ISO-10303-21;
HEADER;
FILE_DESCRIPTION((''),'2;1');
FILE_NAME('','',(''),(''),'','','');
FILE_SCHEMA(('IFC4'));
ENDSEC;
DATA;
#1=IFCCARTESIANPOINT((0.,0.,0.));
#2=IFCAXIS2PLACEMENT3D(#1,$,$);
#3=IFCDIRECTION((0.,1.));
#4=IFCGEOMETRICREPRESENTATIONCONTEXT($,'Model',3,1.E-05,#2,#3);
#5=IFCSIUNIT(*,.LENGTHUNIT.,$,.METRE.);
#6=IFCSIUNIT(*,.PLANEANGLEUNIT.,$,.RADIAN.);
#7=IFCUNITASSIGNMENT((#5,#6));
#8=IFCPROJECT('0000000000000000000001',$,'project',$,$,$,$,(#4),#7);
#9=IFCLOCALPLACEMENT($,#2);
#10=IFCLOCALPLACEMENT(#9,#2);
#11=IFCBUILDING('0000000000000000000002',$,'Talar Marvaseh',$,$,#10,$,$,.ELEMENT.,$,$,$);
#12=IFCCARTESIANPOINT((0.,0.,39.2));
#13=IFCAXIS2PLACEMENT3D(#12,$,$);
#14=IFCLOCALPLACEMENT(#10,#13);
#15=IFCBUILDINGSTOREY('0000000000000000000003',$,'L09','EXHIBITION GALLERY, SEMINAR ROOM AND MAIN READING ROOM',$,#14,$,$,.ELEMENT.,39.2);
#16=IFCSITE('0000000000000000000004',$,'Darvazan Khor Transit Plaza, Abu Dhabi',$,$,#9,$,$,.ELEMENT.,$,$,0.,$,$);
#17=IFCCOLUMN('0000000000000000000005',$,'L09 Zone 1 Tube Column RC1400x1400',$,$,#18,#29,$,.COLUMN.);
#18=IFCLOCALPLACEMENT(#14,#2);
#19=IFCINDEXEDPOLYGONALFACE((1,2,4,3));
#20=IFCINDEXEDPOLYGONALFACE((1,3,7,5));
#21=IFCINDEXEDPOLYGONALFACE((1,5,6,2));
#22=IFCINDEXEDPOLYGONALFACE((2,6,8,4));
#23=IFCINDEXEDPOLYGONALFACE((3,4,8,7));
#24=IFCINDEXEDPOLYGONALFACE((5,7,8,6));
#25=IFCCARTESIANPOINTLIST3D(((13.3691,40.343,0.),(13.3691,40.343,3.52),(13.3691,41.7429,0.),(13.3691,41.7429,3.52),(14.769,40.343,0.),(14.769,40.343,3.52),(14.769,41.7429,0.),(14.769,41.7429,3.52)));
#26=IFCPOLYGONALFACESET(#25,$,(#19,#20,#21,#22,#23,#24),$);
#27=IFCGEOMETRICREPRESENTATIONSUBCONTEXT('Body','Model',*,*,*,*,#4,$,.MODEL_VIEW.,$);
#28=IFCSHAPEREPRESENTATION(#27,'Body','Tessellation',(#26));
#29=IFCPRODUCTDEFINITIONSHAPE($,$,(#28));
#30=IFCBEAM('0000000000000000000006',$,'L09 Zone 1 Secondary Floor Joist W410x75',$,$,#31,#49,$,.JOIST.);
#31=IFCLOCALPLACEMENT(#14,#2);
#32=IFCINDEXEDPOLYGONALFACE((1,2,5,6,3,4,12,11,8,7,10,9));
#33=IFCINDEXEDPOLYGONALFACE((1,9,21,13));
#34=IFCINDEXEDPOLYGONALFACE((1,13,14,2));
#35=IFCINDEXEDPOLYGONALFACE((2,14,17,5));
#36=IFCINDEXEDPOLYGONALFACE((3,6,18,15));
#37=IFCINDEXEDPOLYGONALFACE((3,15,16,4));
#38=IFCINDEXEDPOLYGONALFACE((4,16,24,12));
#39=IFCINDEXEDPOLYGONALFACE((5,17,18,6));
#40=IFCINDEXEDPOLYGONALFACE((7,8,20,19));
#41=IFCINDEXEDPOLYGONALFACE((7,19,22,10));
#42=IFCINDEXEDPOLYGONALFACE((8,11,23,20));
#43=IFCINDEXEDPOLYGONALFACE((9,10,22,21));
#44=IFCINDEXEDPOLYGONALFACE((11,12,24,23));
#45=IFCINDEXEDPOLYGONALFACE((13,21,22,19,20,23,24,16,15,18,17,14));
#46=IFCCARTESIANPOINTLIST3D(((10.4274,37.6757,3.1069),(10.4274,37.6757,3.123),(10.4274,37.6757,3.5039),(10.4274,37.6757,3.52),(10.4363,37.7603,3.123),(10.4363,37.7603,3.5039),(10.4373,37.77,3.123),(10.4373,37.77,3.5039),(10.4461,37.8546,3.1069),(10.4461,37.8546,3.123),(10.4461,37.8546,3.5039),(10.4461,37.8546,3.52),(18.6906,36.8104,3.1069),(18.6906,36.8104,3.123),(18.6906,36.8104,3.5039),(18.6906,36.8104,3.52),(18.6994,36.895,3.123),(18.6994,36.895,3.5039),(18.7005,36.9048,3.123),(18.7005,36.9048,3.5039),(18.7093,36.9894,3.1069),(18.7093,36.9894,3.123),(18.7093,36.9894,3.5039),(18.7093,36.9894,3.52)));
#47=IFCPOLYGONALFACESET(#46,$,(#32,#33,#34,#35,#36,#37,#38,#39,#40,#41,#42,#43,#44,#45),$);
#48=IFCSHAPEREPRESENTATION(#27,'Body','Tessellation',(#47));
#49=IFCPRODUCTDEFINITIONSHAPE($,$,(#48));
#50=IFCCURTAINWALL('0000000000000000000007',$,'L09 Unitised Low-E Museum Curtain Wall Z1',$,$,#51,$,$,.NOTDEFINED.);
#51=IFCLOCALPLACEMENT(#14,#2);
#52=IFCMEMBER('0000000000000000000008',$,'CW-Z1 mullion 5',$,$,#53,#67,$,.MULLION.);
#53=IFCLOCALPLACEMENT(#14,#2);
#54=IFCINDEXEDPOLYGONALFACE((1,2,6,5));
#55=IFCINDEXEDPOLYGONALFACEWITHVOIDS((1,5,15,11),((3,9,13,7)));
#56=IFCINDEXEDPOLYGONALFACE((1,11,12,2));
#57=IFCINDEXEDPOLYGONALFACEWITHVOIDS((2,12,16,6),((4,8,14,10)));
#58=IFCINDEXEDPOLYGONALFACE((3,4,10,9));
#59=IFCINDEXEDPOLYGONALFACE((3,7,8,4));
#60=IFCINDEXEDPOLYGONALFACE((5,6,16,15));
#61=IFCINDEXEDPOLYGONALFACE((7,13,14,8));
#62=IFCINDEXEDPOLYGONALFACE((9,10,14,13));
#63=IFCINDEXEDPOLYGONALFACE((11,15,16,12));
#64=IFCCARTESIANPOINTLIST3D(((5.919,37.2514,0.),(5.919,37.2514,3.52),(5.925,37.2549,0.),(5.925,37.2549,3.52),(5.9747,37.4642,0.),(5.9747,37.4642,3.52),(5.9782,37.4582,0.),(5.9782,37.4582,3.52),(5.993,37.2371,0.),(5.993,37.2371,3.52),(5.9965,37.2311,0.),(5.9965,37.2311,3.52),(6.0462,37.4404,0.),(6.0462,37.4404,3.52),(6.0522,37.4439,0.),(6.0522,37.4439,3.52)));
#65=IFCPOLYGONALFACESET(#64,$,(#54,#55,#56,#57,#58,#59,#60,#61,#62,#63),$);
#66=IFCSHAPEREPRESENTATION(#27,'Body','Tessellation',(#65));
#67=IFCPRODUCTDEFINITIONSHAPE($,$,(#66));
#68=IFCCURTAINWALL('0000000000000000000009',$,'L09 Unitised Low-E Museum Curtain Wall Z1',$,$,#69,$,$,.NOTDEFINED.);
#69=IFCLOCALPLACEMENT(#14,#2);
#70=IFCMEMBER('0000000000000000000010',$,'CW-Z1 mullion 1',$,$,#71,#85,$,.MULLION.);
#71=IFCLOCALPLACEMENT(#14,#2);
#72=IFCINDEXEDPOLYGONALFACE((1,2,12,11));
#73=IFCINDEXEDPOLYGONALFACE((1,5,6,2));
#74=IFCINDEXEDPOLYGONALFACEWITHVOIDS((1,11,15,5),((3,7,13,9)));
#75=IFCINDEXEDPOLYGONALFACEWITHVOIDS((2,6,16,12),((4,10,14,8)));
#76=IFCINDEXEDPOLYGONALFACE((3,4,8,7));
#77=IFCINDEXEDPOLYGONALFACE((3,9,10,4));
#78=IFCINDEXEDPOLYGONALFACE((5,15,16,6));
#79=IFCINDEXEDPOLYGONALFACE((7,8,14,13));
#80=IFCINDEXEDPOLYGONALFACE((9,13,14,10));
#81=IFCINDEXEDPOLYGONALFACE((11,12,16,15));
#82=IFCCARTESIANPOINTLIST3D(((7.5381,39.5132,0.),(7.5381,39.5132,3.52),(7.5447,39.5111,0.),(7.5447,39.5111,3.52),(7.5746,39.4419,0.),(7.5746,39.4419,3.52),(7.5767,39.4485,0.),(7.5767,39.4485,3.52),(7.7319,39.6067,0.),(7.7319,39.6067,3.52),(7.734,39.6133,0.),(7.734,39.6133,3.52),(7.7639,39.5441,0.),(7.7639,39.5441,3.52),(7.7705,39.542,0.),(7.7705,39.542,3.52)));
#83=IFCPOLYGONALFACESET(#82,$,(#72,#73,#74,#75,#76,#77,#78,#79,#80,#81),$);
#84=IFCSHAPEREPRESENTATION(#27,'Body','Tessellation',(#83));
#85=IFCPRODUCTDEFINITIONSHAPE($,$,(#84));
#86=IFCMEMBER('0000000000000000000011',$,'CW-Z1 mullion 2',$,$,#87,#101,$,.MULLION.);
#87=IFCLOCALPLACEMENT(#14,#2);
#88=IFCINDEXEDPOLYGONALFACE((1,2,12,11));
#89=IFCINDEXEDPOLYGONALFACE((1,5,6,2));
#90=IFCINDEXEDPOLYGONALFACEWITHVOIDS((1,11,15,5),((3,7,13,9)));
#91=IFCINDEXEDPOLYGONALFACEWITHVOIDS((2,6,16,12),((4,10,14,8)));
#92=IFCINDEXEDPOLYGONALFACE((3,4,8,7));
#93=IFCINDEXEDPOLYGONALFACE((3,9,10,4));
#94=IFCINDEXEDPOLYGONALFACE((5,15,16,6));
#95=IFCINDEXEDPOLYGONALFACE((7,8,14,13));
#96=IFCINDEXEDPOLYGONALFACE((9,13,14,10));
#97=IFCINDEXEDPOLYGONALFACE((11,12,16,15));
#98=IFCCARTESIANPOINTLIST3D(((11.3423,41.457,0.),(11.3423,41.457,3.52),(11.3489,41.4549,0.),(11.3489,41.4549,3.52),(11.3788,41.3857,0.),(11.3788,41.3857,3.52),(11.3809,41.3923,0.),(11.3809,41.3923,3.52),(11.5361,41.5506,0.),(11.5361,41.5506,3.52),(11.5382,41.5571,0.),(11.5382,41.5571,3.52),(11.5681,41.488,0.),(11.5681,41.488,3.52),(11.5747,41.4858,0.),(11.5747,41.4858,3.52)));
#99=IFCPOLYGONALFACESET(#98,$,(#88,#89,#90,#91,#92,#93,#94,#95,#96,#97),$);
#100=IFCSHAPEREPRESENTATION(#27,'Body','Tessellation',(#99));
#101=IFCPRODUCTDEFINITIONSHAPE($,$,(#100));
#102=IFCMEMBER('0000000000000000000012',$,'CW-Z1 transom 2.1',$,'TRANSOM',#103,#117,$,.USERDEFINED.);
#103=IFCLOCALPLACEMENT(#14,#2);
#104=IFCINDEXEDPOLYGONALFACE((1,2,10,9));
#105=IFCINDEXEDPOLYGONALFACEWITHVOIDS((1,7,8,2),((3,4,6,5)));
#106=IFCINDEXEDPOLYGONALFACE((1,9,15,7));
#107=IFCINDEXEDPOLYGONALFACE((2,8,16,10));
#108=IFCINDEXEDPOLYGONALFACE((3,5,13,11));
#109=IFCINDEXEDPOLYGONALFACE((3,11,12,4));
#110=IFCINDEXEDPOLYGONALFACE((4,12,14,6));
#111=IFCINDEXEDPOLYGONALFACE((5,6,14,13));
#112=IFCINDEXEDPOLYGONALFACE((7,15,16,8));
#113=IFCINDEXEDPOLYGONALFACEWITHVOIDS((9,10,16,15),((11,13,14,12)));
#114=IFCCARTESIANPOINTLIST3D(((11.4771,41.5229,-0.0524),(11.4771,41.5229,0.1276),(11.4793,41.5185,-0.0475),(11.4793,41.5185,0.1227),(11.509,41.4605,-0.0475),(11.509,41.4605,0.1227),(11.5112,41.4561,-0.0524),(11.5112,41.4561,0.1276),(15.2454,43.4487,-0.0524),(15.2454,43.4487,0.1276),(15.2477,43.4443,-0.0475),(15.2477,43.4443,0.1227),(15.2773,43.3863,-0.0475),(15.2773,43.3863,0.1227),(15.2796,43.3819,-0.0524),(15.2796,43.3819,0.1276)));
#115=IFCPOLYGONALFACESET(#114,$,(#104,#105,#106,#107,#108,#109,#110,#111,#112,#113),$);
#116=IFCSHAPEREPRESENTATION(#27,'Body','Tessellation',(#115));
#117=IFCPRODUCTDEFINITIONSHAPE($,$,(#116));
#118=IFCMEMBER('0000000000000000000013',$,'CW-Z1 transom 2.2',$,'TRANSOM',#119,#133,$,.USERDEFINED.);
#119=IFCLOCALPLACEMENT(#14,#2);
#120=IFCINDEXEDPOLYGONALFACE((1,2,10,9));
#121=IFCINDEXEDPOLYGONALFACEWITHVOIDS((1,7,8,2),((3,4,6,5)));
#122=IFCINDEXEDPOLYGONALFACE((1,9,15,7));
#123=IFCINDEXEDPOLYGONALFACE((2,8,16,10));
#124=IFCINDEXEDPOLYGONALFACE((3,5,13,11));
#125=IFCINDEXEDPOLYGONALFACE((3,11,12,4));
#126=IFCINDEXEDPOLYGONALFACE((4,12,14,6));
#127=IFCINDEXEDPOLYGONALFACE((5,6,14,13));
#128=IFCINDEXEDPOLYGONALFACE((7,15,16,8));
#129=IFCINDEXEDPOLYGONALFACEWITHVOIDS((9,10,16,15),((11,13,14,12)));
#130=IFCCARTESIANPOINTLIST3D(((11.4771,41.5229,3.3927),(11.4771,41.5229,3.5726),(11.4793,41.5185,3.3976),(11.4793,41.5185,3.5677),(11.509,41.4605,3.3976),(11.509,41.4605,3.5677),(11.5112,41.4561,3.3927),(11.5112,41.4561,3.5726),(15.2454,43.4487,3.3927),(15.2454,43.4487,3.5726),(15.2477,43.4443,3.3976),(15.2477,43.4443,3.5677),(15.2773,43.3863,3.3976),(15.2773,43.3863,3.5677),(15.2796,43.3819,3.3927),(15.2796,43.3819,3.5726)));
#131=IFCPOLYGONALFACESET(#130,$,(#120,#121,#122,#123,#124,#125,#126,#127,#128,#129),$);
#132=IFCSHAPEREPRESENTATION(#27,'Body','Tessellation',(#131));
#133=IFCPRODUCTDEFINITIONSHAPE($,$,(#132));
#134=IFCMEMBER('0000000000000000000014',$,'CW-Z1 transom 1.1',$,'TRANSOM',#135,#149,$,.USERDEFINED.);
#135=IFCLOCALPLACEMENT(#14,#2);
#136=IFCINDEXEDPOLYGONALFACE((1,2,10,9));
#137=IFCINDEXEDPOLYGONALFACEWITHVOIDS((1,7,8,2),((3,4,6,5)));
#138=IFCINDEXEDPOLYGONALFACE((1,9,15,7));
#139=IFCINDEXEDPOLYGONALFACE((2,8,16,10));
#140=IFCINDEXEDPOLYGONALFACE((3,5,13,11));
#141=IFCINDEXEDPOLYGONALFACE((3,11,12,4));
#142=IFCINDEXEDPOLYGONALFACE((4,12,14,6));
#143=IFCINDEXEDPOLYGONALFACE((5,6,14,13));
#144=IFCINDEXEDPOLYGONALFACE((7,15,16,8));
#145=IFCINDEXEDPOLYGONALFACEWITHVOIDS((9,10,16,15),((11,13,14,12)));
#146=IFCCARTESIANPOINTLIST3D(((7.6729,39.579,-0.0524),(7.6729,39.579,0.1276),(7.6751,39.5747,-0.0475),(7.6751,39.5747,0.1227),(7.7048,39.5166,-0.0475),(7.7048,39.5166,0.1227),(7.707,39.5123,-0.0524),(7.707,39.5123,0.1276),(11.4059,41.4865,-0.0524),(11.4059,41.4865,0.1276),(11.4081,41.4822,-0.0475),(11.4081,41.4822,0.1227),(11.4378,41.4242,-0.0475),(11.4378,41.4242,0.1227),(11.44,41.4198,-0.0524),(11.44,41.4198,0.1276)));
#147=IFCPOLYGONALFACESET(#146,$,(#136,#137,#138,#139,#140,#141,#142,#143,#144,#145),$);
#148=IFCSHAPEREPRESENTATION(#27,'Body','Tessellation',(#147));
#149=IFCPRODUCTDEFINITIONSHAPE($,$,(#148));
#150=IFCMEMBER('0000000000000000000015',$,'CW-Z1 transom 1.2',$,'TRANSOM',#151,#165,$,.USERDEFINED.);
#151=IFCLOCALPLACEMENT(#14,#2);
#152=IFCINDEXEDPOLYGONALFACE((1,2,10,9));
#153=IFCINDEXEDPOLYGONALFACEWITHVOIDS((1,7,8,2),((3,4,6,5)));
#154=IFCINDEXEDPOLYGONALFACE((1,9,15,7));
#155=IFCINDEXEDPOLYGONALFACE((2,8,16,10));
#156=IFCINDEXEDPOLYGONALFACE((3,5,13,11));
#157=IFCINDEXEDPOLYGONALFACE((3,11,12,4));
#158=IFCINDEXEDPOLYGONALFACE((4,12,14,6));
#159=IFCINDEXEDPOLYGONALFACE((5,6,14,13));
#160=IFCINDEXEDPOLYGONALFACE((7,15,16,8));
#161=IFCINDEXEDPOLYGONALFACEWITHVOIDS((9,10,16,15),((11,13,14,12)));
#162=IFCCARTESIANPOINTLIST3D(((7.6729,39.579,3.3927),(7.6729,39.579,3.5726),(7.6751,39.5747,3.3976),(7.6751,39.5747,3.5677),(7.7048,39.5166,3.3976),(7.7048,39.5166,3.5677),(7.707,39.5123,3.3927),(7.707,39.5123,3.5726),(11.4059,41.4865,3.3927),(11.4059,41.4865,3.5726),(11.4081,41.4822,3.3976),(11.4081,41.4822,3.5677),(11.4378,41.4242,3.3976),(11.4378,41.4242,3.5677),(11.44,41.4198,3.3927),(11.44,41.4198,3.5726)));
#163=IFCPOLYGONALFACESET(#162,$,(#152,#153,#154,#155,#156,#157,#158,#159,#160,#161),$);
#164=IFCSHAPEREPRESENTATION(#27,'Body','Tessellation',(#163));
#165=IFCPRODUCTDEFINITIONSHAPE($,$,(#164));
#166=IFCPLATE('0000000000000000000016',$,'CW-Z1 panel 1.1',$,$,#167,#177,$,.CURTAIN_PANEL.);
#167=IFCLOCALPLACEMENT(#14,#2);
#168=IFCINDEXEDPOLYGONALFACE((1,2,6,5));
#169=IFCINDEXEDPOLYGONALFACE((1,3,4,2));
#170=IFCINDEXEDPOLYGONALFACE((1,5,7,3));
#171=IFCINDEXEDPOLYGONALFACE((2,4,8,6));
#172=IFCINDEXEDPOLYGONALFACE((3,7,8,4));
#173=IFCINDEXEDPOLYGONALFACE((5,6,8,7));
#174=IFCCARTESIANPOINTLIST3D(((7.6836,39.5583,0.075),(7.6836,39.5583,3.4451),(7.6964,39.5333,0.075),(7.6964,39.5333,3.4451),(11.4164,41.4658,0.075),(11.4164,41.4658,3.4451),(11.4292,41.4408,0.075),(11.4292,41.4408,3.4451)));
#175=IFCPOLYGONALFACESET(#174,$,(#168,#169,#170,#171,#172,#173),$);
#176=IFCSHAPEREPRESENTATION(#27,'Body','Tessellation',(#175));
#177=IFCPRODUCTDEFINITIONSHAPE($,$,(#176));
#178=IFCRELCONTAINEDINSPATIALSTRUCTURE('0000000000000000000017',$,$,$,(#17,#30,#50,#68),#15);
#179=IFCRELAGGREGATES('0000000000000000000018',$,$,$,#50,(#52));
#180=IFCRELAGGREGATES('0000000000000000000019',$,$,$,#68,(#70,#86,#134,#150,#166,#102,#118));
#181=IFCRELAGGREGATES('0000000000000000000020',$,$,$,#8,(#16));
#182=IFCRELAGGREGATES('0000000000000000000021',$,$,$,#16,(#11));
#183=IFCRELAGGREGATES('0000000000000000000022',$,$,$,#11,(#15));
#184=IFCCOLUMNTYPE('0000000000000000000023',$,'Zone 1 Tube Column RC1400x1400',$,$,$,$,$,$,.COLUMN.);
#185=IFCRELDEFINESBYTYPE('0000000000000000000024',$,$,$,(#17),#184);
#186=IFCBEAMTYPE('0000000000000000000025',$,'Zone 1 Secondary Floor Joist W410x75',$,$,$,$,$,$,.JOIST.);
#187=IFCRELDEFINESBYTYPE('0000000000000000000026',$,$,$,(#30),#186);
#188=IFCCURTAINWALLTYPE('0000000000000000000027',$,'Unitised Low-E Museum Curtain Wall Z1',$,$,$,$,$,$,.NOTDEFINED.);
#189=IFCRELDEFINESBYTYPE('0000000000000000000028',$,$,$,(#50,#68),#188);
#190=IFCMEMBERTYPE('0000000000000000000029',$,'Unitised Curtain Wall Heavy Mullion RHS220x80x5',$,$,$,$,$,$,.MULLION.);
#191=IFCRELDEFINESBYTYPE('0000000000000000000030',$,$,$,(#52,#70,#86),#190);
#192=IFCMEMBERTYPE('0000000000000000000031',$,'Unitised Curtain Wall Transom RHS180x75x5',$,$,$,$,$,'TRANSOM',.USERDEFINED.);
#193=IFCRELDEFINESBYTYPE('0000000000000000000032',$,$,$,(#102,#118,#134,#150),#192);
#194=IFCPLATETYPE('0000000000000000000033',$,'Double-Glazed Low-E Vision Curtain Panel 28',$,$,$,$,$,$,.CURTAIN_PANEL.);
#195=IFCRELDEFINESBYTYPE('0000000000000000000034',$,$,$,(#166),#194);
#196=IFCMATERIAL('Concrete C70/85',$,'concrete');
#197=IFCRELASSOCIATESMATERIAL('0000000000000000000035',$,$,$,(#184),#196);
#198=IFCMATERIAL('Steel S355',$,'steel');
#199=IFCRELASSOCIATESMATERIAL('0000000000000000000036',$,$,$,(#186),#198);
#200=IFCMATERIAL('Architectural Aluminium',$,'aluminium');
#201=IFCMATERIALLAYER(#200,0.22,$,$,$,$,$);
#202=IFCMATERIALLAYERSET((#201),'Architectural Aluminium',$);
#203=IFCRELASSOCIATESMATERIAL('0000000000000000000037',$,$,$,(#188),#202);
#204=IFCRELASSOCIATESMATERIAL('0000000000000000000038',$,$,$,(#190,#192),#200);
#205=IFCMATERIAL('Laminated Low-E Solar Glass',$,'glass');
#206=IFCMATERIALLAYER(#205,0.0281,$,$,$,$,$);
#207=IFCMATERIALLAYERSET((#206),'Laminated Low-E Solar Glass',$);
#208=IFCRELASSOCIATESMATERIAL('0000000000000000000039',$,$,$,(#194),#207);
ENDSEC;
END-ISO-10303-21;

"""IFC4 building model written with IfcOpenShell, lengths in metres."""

from ifc_helpers import new_model, si_unit, direction, frame, origin, origin_2d, place, context, subcontext, project, spatial, rectangle, hollow_rectangle, i_section, extrude, source, transform, mapped, material, layer, layer_set, material_profile, profile_set, type_object, type_shapes, element, aggregate, save


model = new_model("IFC4")

# Units and contexts
model_context = context("Model", 3, precision=1e-05, world=origin(), true_north=direction((0.0, 1.0)))
body_context = subcontext(model_context, "Body", "Model", "MODEL_VIEW")
ifc_project = project(units=[si_unit("LENGTHUNIT", "METRE"), si_unit("PLANEANGLEUNIT", "RADIAN")], contexts=[model_context])

# Site, building, storey
site_placement = place(None, origin())
site = spatial("IfcSite", under=ifc_project, at=site_placement, Name="Darvazan Khor Transit Plaza, Abu Dhabi", CompositionType="ELEMENT", RefElevation=0.0)
building_placement = place(site_placement, origin())
building = spatial("IfcBuilding", under=site, at=building_placement, Name="Talar Marvaseh", CompositionType="ELEMENT")
storey_placement = place(building_placement, frame((0.0, 0.0, 39.2)))
storey = spatial("IfcBuildingStorey", under=building, at=storey_placement, Name="L09", Description="EXHIBITION GALLERY, SEMINAR ROOM AND MAIN READING ROOM", CompositionType="ELEMENT", Elevation=39.2)

# Column
ifc_material_1 = material(Name="Concrete C70/85", Category="concrete")
ifc_material_profile_1 = material_profile(ifc_material_1, rectangle(XDim=1.3999, YDim=1.3999, at=origin_2d()), Name="RC1400x1400")
ifc_profile_set_1 = profile_set([ifc_material_profile_1], Name="Concrete C70/85")
column_type = type_object("IfcColumnType", Name="Zone 1 Tube Column RC1400x1400", PredefinedType="COLUMN", material=ifc_profile_set_1)
column_placement = place(storey_placement, frame((14.0691, 41.043, 0.0), z_axis=(0.0, 0.0, 1.0), x_axis=(1.0, 0.0, 0.0)))
element("IfcColumn", 1, at=column_placement, inside=storey, type_object=column_type, Name="L09 Zone 1 Tube Column RC1400x1400", PredefinedType="COLUMN", context=body_context, shape_type="SweptSolid", body=[
    extrude(rectangle(XDim=1.3999, YDim=1.3999, at=origin_2d()), origin(), (0.0, 0.0, 1.0), 3.52),
])

# Beam
ifc_material_2 = material(Name="Steel S355", Category="steel")
ifc_material_profile_2 = material_profile(ifc_material_2, i_section(OverallWidth=0.1799, OverallDepth=0.4131, WebThickness=0.0098, FlangeThickness=0.0161, at=origin_2d()), Name="W410x75")
ifc_profile_set_2 = profile_set([ifc_material_profile_2], Name="Steel S355")
beam_type = type_object("IfcBeamType", Name="Zone 1 Secondary Floor Joist W410x75", PredefinedType="JOIST", material=ifc_profile_set_2)
beam_placement = place(storey_placement, frame((10.4368, 37.7651, 3.3135), z_axis=(0.994563, -0.10414, 0.0), x_axis=(0.10414, 0.994563, 0.0)))
element("IfcBeam", 2, at=beam_placement, inside=storey, type_object=beam_type, Name="L09 Zone 1 Secondary Floor Joist W410x75", PredefinedType="JOIST", context=body_context, shape_type="SweptSolid", body=[
    extrude(i_section(OverallWidth=0.1799, OverallDepth=0.4131, WebThickness=0.0098, FlangeThickness=0.0161, at=origin_2d()), origin(), (0.0, 0.0, 1.0), 8.3083),
])

# Curtain wall, member
ifc_material_3 = material(Name="Architectural Aluminium", Category="aluminium")
ifc_layer_1 = layer(ifc_material_3, 0.22)
ifc_layer_set_1 = layer_set([ifc_layer_1], Name="Architectural Aluminium")
curtain_wall_type = type_object("IfcCurtainWallType", Name="Unitised Low-E Museum Curtain Wall Z1", PredefinedType="NOTDEFINED", material=ifc_layer_set_1)
curtain_wall_1_placement = place(storey_placement, origin())
curtain_wall_1 = element("IfcCurtainWall", 3, at=curtain_wall_1_placement, inside=storey, type_object=curtain_wall_type, Name="L09 Unitised Low-E Museum Curtain Wall Z1", PredefinedType="NOTDEFINED")
ifc_material_profile_3 = material_profile(ifc_material_3, hollow_rectangle(XDim=0.0801, YDim=0.22, WallThickness=0.0049, at=origin_2d()), Name="RHS220x80x5")
ifc_profile_set_3 = profile_set([ifc_material_profile_3], Name="Architectural Aluminium")
member_type_1 = type_object("IfcMemberType", Name="Unitised Curtain Wall Heavy Mullion RHS220x80x5", PredefinedType="MULLION", material=ifc_profile_set_3)
shared_shape_1 = source(origin(), body_context, "Body", "SweptSolid", [
    extrude(hollow_rectangle(XDim=0.0801, YDim=0.22, WallThickness=0.0049, at=origin_2d()), origin(), (0.0, 0.0, 1.0), 3.52),
])
type_shapes(member_type_1, [shared_shape_1])
member_1_placement = place(storey_placement, frame((5.9856, 37.3477, 0.0), z_axis=(0.0, 0.0, 1.0), x_axis=(-0.967472, 0.252979, 0.0)))
member_1 = element("IfcMember", 4, at=member_1_placement, type_object=member_type_1, Name="CW-Z1 mullion 5", PredefinedType="MULLION", context=body_context, shape_type="MappedRepresentation", body=[
    mapped(shared_shape_1, transform((0.0, 0.0, 0.0), x_axis=(1.0, 0.0, 0.0), y_axis=(0.0, 1.0, 0.0), z_axis=(0.0, 0.0, 1.0), scale=1.0)),
])
aggregate(curtain_wall_1, [member_1])

# Curtain wall, members, plate
curtain_wall_2_placement = place(storey_placement, origin())
curtain_wall_2 = element("IfcCurtainWall", 5, at=curtain_wall_2_placement, inside=storey, type_object=curtain_wall_type, Name="L09 Unitised Low-E Museum Curtain Wall Z1", PredefinedType="NOTDEFINED")
member_2_placement = place(storey_placement, frame((7.6543, 39.5276, 0.0), z_axis=(0.0, 0.0, 1.0), x_axis=(-0.455044, 0.890469, 0.0)))
member_2 = element("IfcMember", 6, at=member_2_placement, type_object=member_type_1, Name="CW-Z1 mullion 1", PredefinedType="MULLION", context=body_context, shape_type="MappedRepresentation", body=[
    mapped(shared_shape_1, transform((0.0, 0.0, 0.0), x_axis=(1.0, 0.0, 0.0), y_axis=(0.0, 1.0, 0.0), z_axis=(0.0, 0.0, 1.0), scale=1.0)),
])
member_3_placement = place(storey_placement, frame((11.4585, 41.4714, 0.0), z_axis=(0.0, 0.0, 1.0), x_axis=(-0.455044, 0.890469, 0.0)))
member_3 = element("IfcMember", 7, at=member_3_placement, type_object=member_type_1, Name="CW-Z1 mullion 2", PredefinedType="MULLION", context=body_context, shape_type="MappedRepresentation", body=[
    mapped(shared_shape_1, transform((0.0, 0.0, 0.0), x_axis=(1.0, 0.0, 0.0), y_axis=(0.0, 1.0, 0.0), z_axis=(0.0, 0.0, 1.0), scale=1.0)),
])
ifc_material_profile_4 = material_profile(ifc_material_3, hollow_rectangle(XDim=0.075, YDim=0.1799, WallThickness=0.0049, at=origin_2d()), Name="RHS180x75x5")
ifc_profile_set_4 = profile_set([ifc_material_profile_4], Name="Architectural Aluminium")
member_type_2 = type_object("IfcMemberType", Name="Unitised Curtain Wall Transom RHS180x75x5", ElementType="TRANSOM", PredefinedType="USERDEFINED", material=ifc_profile_set_4)
shared_shape_2 = source(origin(), body_context, "Body", "SweptSolid", [
    extrude(hollow_rectangle(XDim=0.075, YDim=0.1799, WallThickness=0.0049, at=origin_2d()), origin(), (0.0, 0.0, 1.0), 4.2319),
])
member_4_placement = place(storey_placement, frame((11.4941, 41.4895, 0.0376), z_axis=(0.890458, 0.455065, 0.0), x_axis=(-0.455065, 0.890458, 0.0)))
member_4 = element("IfcMember", 8, at=member_4_placement, type_object=member_type_2, Name="CW-Z1 transom 2.1", ObjectType="TRANSOM", PredefinedType="USERDEFINED", context=body_context, shape_type="MappedRepresentation", body=[
    mapped(shared_shape_2, transform((0.0, 0.0, 0.0), x_axis=(1.0, 0.0, 0.0), y_axis=(0.0, 1.0, 0.0), z_axis=(0.0, 0.0, 1.0), scale=1.0)),
])
member_5_placement = place(storey_placement, frame((11.4941, 41.4895, 3.4827), z_axis=(0.890458, 0.455065, 0.0), x_axis=(-0.455065, 0.890458, 0.0)))
member_5 = element("IfcMember", 9, at=member_5_placement, type_object=member_type_2, Name="CW-Z1 transom 2.2", ObjectType="TRANSOM", PredefinedType="USERDEFINED", context=body_context, shape_type="MappedRepresentation", body=[
    mapped(shared_shape_2, transform((0.0, 0.0, 0.0), x_axis=(1.0, 0.0, 0.0), y_axis=(0.0, 1.0, 0.0), z_axis=(0.0, 0.0, 1.0), scale=1.0)),
])
shared_shape_3 = source(origin(), body_context, "Body", "SweptSolid", [
    extrude(hollow_rectangle(XDim=0.075, YDim=0.1799, WallThickness=0.0049, at=origin_2d()), origin(), (0.0, 0.0, 1.0), 4.1921),
])
type_shapes(member_type_2, [shared_shape_2, shared_shape_3])
member_6_placement = place(storey_placement, frame((7.6899, 39.5457, 0.0376), z_axis=(0.890479, 0.455024, 0.0), x_axis=(-0.455024, 0.890479, 0.0)))
member_6 = element("IfcMember", 10, at=member_6_placement, type_object=member_type_2, Name="CW-Z1 transom 1.1", ObjectType="TRANSOM", PredefinedType="USERDEFINED", context=body_context, shape_type="MappedRepresentation", body=[
    mapped(shared_shape_3, transform((0.0, 0.0, 0.0), x_axis=(1.0, 0.0, 0.0), y_axis=(0.0, 1.0, 0.0), z_axis=(0.0, 0.0, 1.0), scale=1.0)),
])
member_7_placement = place(storey_placement, frame((7.6899, 39.5457, 3.4827), z_axis=(0.890479, 0.455024, 0.0), x_axis=(-0.455024, 0.890479, 0.0)))
member_7 = element("IfcMember", 11, at=member_7_placement, type_object=member_type_2, Name="CW-Z1 transom 1.2", ObjectType="TRANSOM", PredefinedType="USERDEFINED", context=body_context, shape_type="MappedRepresentation", body=[
    mapped(shared_shape_3, transform((0.0, 0.0, 0.0), x_axis=(1.0, 0.0, 0.0), y_axis=(0.0, 1.0, 0.0), z_axis=(0.0, 0.0, 1.0), scale=1.0)),
])
ifc_material_4 = material(Name="Laminated Low-E Solar Glass", Category="glass")
ifc_layer_2 = layer(ifc_material_4, 0.0281)
ifc_layer_set_2 = layer_set([ifc_layer_2], Name="Laminated Low-E Solar Glass")
plate_type = type_object("IfcPlateType", Name="Double-Glazed Low-E Vision Curtain Panel 28", PredefinedType="CURTAIN_PANEL", material=ifc_layer_set_2)
shared_shape_4 = source(origin(), body_context, "Body", "SweptSolid", [
    extrude(rectangle(XDim=4.1919, YDim=0.0281, at=origin_2d()), origin(), (0.0, 0.0, 1.0), 3.3701),
])
plate_1_placement = place(storey_placement, frame((9.5564, 40.4995, 0.075), z_axis=(0.0, 0.0, 1.0), x_axis=(0.890469, 0.455044, 0.0)))
plate_1 = element("IfcPlate", 12, at=plate_1_placement, type_object=plate_type, Name="CW-Z1 panel 1.1", PredefinedType="CURTAIN_PANEL", context=body_context, shape_type="MappedRepresentation", body=[
    mapped(shared_shape_4, transform((0.0, 0.0, 0.0), x_axis=(1.0, 0.0, 0.0), y_axis=(0.0, 1.0, 0.0), z_axis=(0.0, 0.0, 1.0), scale=1.0)),
])
aggregate(curtain_wall_2, [member_2, member_3, member_6, member_7, plate_1, member_4, member_5])

save(model, "model.ifc")
